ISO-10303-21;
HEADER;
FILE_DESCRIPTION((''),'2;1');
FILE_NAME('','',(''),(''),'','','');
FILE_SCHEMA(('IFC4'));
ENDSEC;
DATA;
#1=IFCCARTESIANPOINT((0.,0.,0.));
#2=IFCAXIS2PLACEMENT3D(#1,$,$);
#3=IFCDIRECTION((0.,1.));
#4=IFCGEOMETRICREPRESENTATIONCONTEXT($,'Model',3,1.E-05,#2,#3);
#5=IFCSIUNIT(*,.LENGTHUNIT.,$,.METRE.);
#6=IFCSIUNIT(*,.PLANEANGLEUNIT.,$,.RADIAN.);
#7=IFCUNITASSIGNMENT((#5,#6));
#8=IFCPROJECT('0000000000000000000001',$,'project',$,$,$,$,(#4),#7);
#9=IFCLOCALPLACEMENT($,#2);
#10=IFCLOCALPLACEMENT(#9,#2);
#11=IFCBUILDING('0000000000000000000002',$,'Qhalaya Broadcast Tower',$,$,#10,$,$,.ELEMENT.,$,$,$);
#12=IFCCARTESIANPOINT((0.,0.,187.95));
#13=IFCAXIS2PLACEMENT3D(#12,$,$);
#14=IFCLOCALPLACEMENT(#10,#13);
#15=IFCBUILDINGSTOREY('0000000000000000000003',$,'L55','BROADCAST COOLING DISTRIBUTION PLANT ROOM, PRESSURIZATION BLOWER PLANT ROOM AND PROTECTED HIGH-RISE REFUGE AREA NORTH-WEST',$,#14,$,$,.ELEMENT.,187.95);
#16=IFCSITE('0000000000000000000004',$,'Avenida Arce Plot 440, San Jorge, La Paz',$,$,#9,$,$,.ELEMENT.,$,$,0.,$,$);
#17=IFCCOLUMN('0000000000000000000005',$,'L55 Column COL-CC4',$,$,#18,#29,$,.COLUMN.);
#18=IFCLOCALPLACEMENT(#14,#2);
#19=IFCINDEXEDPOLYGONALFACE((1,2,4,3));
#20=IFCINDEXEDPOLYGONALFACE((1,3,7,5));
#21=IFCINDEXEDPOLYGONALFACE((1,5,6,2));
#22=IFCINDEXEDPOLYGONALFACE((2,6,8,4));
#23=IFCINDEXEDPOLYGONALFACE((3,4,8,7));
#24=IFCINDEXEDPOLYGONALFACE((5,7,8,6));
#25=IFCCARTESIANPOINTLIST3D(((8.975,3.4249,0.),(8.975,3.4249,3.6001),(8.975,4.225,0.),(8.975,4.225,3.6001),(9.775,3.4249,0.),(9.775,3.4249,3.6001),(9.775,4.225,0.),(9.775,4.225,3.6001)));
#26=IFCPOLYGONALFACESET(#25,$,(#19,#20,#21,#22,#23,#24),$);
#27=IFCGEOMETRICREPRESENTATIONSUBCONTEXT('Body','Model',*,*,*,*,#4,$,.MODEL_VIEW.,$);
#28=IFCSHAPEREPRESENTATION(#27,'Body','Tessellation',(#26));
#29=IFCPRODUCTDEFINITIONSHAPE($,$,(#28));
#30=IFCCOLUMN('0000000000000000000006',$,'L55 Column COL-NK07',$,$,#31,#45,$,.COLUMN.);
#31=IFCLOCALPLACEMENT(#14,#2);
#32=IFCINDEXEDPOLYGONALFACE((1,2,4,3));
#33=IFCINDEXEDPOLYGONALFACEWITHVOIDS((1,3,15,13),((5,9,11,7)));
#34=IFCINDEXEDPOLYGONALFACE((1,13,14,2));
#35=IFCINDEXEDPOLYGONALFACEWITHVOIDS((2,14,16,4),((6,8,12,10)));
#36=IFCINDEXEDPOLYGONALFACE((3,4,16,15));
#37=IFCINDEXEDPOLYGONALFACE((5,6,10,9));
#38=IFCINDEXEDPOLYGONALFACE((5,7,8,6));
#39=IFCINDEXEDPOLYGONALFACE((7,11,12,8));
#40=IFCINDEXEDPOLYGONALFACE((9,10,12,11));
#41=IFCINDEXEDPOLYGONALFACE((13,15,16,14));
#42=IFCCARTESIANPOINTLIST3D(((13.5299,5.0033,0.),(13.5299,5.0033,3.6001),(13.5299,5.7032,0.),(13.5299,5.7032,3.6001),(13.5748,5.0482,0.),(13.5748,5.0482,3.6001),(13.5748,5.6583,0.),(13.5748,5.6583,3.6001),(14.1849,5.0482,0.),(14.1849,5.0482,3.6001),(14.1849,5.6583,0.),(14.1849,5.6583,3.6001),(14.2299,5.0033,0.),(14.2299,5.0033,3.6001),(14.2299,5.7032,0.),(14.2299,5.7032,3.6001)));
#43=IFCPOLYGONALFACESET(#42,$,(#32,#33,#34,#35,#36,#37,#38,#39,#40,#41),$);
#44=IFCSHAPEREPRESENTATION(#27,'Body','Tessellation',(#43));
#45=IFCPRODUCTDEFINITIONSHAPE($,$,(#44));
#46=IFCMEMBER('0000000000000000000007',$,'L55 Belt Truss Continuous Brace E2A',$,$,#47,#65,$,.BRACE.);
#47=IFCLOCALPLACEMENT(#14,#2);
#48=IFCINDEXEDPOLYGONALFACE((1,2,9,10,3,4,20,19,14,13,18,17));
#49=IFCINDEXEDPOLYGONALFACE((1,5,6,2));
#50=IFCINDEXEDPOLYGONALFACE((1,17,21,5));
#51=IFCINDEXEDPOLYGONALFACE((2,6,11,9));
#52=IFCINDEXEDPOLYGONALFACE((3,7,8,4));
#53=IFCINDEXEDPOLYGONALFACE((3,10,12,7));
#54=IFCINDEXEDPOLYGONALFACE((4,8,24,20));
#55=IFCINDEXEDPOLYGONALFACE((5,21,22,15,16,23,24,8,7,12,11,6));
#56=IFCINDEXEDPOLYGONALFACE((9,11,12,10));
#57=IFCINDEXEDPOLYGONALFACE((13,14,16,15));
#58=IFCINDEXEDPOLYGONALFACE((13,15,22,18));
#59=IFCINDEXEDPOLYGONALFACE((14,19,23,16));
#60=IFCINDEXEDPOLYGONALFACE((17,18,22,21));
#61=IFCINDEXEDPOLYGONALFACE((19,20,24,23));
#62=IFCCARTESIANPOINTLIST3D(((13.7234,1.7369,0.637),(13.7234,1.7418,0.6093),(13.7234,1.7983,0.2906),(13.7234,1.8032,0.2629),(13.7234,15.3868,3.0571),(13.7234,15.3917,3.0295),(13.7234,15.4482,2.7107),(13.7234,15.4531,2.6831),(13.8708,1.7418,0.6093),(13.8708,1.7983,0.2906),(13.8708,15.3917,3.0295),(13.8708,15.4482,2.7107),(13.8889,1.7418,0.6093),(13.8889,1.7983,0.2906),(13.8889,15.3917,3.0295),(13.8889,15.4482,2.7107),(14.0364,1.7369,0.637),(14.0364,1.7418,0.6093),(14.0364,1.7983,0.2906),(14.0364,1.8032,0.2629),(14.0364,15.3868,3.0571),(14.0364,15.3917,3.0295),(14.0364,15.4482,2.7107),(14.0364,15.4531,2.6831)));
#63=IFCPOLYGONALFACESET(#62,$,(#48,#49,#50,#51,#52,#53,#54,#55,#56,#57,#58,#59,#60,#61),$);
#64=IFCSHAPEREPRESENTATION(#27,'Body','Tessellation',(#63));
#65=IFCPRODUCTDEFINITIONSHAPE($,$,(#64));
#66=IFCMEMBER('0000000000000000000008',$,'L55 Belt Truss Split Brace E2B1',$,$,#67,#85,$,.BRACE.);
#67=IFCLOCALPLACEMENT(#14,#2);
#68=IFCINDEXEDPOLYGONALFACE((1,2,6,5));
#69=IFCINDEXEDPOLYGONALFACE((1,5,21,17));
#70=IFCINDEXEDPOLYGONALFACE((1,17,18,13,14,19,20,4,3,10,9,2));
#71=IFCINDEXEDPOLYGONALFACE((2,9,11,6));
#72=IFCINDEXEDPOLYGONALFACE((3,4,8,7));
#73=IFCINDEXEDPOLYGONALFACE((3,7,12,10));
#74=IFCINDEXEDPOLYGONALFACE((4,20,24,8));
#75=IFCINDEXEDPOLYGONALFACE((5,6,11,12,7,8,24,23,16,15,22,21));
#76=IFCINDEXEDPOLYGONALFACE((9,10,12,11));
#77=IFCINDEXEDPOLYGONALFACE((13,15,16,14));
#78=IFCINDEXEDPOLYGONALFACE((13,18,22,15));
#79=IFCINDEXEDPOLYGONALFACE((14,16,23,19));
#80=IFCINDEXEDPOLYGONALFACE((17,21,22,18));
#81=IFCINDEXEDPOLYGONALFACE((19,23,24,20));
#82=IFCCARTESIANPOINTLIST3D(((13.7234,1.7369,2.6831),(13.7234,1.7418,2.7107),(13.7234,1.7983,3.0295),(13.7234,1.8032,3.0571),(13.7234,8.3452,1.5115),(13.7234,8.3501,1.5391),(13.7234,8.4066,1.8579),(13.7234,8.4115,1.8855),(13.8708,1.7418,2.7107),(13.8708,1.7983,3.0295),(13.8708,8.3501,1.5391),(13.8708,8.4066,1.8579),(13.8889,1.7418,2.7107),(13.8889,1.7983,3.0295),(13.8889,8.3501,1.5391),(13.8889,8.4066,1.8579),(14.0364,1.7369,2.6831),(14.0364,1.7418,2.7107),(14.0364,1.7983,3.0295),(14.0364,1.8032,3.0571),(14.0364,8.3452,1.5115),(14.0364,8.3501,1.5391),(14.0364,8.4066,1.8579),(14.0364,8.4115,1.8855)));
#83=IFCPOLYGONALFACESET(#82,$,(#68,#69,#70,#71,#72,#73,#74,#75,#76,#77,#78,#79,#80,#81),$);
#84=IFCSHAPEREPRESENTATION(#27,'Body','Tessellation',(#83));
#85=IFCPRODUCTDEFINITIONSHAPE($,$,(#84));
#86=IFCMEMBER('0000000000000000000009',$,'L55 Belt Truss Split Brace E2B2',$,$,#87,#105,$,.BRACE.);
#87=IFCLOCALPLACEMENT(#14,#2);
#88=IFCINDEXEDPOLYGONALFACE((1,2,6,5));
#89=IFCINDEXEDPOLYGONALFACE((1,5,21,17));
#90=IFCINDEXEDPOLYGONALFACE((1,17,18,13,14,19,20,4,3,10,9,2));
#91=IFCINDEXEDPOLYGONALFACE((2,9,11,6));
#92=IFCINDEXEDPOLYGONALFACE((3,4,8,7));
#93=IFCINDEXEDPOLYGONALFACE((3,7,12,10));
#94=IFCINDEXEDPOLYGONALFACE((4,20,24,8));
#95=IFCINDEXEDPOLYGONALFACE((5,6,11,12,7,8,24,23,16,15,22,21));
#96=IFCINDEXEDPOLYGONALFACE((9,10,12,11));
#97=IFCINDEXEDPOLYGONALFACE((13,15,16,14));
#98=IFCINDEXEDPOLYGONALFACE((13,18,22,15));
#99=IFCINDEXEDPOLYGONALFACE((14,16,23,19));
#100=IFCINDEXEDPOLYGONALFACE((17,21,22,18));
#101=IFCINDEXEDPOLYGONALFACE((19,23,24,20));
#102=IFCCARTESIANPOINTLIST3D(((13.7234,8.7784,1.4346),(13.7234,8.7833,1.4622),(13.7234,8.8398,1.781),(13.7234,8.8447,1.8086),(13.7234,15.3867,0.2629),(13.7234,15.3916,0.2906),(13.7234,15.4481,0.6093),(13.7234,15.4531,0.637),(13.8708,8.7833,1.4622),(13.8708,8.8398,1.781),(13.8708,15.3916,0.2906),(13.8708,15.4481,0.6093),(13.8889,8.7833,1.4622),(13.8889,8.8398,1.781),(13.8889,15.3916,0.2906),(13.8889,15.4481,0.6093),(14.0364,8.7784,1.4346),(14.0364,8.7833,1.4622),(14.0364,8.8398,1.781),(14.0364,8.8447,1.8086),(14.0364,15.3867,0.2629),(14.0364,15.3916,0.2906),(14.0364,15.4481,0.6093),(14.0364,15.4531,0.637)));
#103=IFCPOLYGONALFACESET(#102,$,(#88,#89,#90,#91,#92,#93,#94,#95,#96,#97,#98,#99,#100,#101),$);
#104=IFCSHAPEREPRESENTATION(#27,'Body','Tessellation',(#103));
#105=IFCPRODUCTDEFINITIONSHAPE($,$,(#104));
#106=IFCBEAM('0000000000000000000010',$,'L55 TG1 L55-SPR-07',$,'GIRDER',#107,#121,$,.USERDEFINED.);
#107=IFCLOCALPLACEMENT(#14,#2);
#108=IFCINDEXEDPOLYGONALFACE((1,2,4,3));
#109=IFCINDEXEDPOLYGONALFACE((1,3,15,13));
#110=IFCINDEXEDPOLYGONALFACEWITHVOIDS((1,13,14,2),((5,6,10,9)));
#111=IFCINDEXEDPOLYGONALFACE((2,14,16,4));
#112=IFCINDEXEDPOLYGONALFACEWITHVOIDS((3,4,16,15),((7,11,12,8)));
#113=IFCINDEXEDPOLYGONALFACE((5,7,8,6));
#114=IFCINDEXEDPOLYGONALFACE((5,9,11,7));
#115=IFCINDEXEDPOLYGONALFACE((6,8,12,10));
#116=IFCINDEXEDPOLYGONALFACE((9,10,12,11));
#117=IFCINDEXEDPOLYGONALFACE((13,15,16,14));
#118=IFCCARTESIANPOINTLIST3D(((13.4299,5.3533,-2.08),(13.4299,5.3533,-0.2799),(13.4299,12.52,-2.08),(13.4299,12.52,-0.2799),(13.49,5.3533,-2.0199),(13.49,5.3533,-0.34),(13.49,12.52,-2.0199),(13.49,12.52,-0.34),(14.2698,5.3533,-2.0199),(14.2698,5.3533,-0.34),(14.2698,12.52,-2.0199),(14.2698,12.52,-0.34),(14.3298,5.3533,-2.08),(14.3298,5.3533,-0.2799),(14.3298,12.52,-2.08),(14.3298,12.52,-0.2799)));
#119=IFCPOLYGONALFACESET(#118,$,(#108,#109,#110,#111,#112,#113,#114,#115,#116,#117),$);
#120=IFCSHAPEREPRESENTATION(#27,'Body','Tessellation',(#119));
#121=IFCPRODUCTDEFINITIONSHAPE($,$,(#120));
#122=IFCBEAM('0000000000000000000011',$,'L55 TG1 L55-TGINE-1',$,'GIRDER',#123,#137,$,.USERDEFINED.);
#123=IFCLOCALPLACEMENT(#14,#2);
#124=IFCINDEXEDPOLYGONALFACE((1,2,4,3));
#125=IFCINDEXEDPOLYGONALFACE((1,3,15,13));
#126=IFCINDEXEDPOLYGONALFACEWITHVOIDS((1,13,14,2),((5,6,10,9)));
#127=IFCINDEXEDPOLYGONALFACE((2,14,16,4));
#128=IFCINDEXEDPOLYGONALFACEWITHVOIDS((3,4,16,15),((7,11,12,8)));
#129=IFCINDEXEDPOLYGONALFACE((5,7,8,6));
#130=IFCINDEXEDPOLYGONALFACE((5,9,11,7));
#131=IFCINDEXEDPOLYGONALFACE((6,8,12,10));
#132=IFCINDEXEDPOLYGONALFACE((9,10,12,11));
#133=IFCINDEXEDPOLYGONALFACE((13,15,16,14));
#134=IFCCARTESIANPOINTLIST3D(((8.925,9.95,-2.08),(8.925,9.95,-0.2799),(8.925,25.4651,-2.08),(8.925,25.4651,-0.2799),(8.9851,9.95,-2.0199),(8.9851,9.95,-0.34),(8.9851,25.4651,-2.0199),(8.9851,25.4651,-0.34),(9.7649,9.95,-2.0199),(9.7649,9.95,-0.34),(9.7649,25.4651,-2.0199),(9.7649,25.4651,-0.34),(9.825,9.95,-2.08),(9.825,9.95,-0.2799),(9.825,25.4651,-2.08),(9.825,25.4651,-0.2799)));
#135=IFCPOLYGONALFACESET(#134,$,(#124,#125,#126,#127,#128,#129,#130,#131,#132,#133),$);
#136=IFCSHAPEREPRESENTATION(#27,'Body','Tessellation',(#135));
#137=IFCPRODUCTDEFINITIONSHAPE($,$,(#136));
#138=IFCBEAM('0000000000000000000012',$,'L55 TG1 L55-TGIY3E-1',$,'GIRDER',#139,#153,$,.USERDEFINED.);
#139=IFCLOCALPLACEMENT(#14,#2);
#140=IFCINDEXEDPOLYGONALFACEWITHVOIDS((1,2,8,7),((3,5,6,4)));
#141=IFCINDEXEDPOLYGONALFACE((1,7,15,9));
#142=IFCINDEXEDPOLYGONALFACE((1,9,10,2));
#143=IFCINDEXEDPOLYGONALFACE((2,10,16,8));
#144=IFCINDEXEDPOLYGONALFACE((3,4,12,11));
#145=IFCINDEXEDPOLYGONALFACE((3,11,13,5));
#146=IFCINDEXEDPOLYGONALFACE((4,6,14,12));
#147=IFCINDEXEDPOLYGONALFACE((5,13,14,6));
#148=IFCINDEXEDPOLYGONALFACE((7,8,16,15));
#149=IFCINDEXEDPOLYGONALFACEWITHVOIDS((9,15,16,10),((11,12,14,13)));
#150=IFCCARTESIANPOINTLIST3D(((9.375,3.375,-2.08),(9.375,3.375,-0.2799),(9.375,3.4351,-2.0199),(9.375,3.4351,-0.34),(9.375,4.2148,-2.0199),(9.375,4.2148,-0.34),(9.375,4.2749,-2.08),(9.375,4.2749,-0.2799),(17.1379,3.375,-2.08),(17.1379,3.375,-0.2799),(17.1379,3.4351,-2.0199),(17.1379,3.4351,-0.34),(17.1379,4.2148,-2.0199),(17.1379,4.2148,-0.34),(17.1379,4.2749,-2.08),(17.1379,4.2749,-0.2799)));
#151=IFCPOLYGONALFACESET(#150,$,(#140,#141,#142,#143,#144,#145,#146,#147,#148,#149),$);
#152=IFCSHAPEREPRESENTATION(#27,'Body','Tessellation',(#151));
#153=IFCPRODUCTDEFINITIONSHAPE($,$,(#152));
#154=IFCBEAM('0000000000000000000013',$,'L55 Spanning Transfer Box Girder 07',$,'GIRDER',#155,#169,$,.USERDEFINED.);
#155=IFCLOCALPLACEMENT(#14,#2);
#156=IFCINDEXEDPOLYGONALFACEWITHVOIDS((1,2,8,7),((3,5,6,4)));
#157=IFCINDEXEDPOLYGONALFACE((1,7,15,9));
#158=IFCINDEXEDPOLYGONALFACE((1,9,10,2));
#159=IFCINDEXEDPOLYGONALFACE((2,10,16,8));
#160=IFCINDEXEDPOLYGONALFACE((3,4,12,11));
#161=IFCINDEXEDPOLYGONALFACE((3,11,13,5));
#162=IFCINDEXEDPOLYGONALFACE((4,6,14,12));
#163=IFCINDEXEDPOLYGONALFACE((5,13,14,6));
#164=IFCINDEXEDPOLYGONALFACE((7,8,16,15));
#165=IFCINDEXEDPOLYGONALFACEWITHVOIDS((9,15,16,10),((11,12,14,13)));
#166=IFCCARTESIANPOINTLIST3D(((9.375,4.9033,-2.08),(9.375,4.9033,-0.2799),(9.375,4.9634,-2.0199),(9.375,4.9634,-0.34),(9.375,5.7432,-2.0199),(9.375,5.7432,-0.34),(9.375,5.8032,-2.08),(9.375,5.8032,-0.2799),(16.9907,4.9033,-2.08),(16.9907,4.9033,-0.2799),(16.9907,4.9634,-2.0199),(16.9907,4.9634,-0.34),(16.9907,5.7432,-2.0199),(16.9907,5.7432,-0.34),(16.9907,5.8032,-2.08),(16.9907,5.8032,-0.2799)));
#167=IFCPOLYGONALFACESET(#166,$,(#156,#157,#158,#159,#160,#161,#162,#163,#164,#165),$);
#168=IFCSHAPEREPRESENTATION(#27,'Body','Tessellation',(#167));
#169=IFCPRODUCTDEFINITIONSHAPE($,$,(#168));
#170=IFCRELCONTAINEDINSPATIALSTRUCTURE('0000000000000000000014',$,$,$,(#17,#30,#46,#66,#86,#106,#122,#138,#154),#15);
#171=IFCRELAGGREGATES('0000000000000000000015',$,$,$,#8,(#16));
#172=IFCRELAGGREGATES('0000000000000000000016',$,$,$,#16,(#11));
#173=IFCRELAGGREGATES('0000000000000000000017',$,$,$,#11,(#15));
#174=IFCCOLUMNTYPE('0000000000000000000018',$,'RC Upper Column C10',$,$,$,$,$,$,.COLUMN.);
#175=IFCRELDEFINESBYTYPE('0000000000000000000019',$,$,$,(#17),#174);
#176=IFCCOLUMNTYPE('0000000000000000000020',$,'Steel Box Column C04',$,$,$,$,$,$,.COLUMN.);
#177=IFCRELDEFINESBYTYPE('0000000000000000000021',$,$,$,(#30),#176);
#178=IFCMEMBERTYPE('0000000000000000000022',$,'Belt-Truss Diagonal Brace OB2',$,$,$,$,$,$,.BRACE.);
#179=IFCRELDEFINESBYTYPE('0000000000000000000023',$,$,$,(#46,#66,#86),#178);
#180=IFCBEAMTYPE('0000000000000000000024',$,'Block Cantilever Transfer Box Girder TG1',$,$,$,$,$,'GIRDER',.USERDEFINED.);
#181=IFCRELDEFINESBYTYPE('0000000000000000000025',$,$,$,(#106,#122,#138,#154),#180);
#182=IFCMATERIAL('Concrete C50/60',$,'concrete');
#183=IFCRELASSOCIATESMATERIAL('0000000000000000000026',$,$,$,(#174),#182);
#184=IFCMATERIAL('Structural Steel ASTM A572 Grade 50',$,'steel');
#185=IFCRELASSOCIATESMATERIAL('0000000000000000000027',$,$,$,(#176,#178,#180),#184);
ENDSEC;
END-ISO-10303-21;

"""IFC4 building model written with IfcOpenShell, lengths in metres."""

from ifc_helpers import new_model, si_unit, direction, frame, origin, origin_2d, place, context, subcontext, project, spatial, rectangle, hollow_rectangle, i_section, extrude, material, material_profile, profile_set, type_object, element, save


model = new_model("IFC4")

# Units and contexts
model_context = context("Model", 3, precision=1e-05, world=origin(), true_north=direction((0.0, 1.0)))
body_context = subcontext(model_context, "Body", "Model", "MODEL_VIEW")
ifc_project = project(units=[si_unit("LENGTHUNIT", "METRE"), si_unit("PLANEANGLEUNIT", "RADIAN")], contexts=[model_context])

# Site, building, storey
site_placement = place(None, origin())
site = spatial("IfcSite", under=ifc_project, at=site_placement, Name="Avenida Arce Plot 440, San Jorge, La Paz", CompositionType="ELEMENT", RefElevation=0.0)
building_placement = place(site_placement, origin())
building = spatial("IfcBuilding", under=site, at=building_placement, Name="Qhalaya Broadcast Tower", CompositionType="ELEMENT")
storey_placement = place(building_placement, frame((0.0, 0.0, 187.95)))
storey = spatial("IfcBuildingStorey", under=building, at=storey_placement, Name="L55", Description="BROADCAST COOLING DISTRIBUTION PLANT ROOM, PRESSURIZATION BLOWER PLANT ROOM AND PROTECTED HIGH-RISE REFUGE AREA NORTH-WEST", CompositionType="ELEMENT", Elevation=187.95)

# Columns
ifc_material_1 = material(Name="Concrete C50/60", Category="concrete")
ifc_material_profile_1 = material_profile(ifc_material_1, rectangle(XDim=0.8, YDim=0.8, at=origin_2d()), Name="RC-COL 800x800")
ifc_profile_set_1 = profile_set([ifc_material_profile_1], Name="Concrete C50/60")
column_type_1 = type_object("IfcColumnType", Name="RC Upper Column C10", PredefinedType="COLUMN", material=ifc_profile_set_1)
column_1_placement = place(storey_placement, frame((9.375, 3.825, 0.0), z_axis=(0.0, 0.0, 1.0), x_axis=(1.0, 0.0, 0.0)))
element("IfcColumn", 1, at=column_1_placement, inside=storey, type_object=column_type_1, Name="L55 Column COL-CC4", PredefinedType="COLUMN", context=body_context, shape_type="SweptSolid", body=[
    extrude(rectangle(XDim=0.8, YDim=0.8, at=origin_2d()), origin(), (0.0, 0.0, 1.0), 3.6001),
])
ifc_material_2 = material(Name="Structural Steel ASTM A572 Grade 50", Category="steel")
ifc_material_profile_2 = material_profile(ifc_material_2, hollow_rectangle(XDim=0.7, YDim=0.7, WallThickness=0.0449, at=origin_2d()), Name="BOX 700x700x45")
ifc_profile_set_2 = profile_set([ifc_material_profile_2], Name="Structural Steel ASTM A572 Grade 50")
column_type_2 = type_object("IfcColumnType", Name="Steel Box Column C04", PredefinedType="COLUMN", material=ifc_profile_set_2)
column_2_placement = place(storey_placement, frame((13.8799, 5.3533, 0.0), z_axis=(0.0, 0.0, 1.0), x_axis=(0.0, 1.0, 0.0)))
element("IfcColumn", 2, at=column_2_placement, inside=storey, type_object=column_type_2, Name="L55 Column COL-NK07", PredefinedType="COLUMN", context=body_context, shape_type="SweptSolid", body=[
    extrude(hollow_rectangle(XDim=0.7, YDim=0.7, WallThickness=0.0449, at=origin_2d()), origin(), (0.0, 0.0, 1.0), 3.6001),
])

# Members
ifc_material_profile_3 = material_profile(ifc_material_2, i_section(OverallWidth=0.313, OverallDepth=0.3799, WebThickness=0.0181, FlangeThickness=0.0281, at=origin_2d()), Name="W12X120")
ifc_profile_set_3 = profile_set([ifc_material_profile_3], Name="Structural Steel ASTM A572 Grade 50")
member_type = type_object("IfcMemberType", Name="Belt-Truss Diagonal Brace OB2", PredefinedType="BRACE", material=ifc_profile_set_3)
member_placement = place(storey_placement, frame((13.8799, 1.77, 0.45), z_axis=(0.0, 0.984643, 0.17458), x_axis=(-1.0, 0.0, 0.0)))
element("IfcMember", 3, at=member_placement, inside=storey, type_object=member_type, Name="L55 Belt Truss Continuous Brace E2A", PredefinedType="BRACE", context=body_context, shape_type="SweptSolid", body=[
    extrude(i_section(OverallWidth=0.313, OverallDepth=0.3799, WebThickness=0.0181, FlangeThickness=0.0281, at=origin_2d()), origin(), (0.0, 0.0, 1.0), 13.8628),
])
for number, where, z_axis, x_axis, name in (
    (4, (13.8799, 1.77, 2.8701), (0.0, 0.984644, -0.174572), (-1.0, 0.0, 0.0), "L55 Belt Truss Split Brace E2B1"),
    (5, (13.8799, 8.8115, 1.6216), (0.0, 0.984644, -0.174572), (-1.0, 0.0, 0.0), "L55 Belt Truss Split Brace E2B2"),
):
    element("IfcMember", number, at=place(storey_placement, frame(where, z_axis=z_axis, x_axis=x_axis)), inside=storey, type_object=member_type, Name=name, PredefinedType="BRACE", context=body_context, shape_type="SweptSolid", body=[
        extrude(i_section(OverallWidth=0.313, OverallDepth=0.3799, WebThickness=0.0181, FlangeThickness=0.0281, at=origin_2d()), origin(), (0.0, 0.0, 1.0), 6.7114),
    ])

# Beams
ifc_material_profile_4 = material_profile(ifc_material_2, hollow_rectangle(XDim=0.8999, YDim=1.8, WallThickness=0.0601, at=origin_2d()), Name="BOX 900x1800x60")
ifc_profile_set_4 = profile_set([ifc_material_profile_4], Name="Structural Steel ASTM A572 Grade 50")
beam_type_1 = type_object("IfcBeamType", Name="Block Cantilever Transfer Box Girder TG1", ElementType="GIRDER", PredefinedType="USERDEFINED", material=ifc_profile_set_4)
beam_1_placement = place(storey_placement, frame((13.8799, 5.3533, -1.1799), z_axis=(0.0, 1.0, 0.0), x_axis=(-1.0, 0.0, 0.0)))
element("IfcBeam", 6, at=beam_1_placement, inside=storey, type_object=beam_type_1, Name="L55 TG1 L55-SPR-07", ObjectType="GIRDER", PredefinedType="USERDEFINED", context=body_context, shape_type="SweptSolid", body=[
    extrude(hollow_rectangle(XDim=0.8999, YDim=1.8, WallThickness=0.0601, at=origin_2d()), origin(), (0.0, 0.0, 1.0), 7.1667),
])
beam_2_placement = place(storey_placement, frame((9.375, 9.95, -1.1799), z_axis=(0.0, 1.0, 0.0), x_axis=(-1.0, 0.0, 0.0)))
element("IfcBeam", 7, at=beam_2_placement, inside=storey, type_object=beam_type_1, Name="L55 TG1 L55-TGINE-1", ObjectType="GIRDER", PredefinedType="USERDEFINED", context=body_context, shape_type="SweptSolid", body=[
    extrude(hollow_rectangle(XDim=0.8999, YDim=1.8, WallThickness=0.0601, at=origin_2d()), origin(), (0.0, 0.0, 1.0), 15.5151),
])
beam_3_placement = place(storey_placement, frame((9.375, 3.825, -1.1799), z_axis=(1.0, 0.0, 0.0), x_axis=(0.0, 1.0, 0.0)))
element("IfcBeam", 8, at=beam_3_placement, inside=storey, type_object=beam_type_1, Name="L55 TG1 L55-TGIY3E-1", ObjectType="GIRDER", PredefinedType="USERDEFINED", context=body_context, shape_type="SweptSolid", body=[
    extrude(hollow_rectangle(XDim=0.8999, YDim=1.8, WallThickness=0.0601, at=origin_2d()), origin(), (0.0, 0.0, 1.0), 7.7629),
])
beam_4_placement = place(storey_placement, frame((9.375, 5.3533, -1.1799), z_axis=(1.0, 0.0, 0.0), x_axis=(0.0, 1.0, 0.0)))
element("IfcBeam", 9, at=beam_4_placement, inside=storey, type_object=beam_type_1, Name="L55 Spanning Transfer Box Girder 07", ObjectType="GIRDER", PredefinedType="USERDEFINED", context=body_context, shape_type="SweptSolid", body=[
    extrude(hollow_rectangle(XDim=0.8999, YDim=1.8, WallThickness=0.0601, at=origin_2d()), origin(), (0.0, 0.0, 1.0), 7.6157),
])

save(model, "model.ifc")
